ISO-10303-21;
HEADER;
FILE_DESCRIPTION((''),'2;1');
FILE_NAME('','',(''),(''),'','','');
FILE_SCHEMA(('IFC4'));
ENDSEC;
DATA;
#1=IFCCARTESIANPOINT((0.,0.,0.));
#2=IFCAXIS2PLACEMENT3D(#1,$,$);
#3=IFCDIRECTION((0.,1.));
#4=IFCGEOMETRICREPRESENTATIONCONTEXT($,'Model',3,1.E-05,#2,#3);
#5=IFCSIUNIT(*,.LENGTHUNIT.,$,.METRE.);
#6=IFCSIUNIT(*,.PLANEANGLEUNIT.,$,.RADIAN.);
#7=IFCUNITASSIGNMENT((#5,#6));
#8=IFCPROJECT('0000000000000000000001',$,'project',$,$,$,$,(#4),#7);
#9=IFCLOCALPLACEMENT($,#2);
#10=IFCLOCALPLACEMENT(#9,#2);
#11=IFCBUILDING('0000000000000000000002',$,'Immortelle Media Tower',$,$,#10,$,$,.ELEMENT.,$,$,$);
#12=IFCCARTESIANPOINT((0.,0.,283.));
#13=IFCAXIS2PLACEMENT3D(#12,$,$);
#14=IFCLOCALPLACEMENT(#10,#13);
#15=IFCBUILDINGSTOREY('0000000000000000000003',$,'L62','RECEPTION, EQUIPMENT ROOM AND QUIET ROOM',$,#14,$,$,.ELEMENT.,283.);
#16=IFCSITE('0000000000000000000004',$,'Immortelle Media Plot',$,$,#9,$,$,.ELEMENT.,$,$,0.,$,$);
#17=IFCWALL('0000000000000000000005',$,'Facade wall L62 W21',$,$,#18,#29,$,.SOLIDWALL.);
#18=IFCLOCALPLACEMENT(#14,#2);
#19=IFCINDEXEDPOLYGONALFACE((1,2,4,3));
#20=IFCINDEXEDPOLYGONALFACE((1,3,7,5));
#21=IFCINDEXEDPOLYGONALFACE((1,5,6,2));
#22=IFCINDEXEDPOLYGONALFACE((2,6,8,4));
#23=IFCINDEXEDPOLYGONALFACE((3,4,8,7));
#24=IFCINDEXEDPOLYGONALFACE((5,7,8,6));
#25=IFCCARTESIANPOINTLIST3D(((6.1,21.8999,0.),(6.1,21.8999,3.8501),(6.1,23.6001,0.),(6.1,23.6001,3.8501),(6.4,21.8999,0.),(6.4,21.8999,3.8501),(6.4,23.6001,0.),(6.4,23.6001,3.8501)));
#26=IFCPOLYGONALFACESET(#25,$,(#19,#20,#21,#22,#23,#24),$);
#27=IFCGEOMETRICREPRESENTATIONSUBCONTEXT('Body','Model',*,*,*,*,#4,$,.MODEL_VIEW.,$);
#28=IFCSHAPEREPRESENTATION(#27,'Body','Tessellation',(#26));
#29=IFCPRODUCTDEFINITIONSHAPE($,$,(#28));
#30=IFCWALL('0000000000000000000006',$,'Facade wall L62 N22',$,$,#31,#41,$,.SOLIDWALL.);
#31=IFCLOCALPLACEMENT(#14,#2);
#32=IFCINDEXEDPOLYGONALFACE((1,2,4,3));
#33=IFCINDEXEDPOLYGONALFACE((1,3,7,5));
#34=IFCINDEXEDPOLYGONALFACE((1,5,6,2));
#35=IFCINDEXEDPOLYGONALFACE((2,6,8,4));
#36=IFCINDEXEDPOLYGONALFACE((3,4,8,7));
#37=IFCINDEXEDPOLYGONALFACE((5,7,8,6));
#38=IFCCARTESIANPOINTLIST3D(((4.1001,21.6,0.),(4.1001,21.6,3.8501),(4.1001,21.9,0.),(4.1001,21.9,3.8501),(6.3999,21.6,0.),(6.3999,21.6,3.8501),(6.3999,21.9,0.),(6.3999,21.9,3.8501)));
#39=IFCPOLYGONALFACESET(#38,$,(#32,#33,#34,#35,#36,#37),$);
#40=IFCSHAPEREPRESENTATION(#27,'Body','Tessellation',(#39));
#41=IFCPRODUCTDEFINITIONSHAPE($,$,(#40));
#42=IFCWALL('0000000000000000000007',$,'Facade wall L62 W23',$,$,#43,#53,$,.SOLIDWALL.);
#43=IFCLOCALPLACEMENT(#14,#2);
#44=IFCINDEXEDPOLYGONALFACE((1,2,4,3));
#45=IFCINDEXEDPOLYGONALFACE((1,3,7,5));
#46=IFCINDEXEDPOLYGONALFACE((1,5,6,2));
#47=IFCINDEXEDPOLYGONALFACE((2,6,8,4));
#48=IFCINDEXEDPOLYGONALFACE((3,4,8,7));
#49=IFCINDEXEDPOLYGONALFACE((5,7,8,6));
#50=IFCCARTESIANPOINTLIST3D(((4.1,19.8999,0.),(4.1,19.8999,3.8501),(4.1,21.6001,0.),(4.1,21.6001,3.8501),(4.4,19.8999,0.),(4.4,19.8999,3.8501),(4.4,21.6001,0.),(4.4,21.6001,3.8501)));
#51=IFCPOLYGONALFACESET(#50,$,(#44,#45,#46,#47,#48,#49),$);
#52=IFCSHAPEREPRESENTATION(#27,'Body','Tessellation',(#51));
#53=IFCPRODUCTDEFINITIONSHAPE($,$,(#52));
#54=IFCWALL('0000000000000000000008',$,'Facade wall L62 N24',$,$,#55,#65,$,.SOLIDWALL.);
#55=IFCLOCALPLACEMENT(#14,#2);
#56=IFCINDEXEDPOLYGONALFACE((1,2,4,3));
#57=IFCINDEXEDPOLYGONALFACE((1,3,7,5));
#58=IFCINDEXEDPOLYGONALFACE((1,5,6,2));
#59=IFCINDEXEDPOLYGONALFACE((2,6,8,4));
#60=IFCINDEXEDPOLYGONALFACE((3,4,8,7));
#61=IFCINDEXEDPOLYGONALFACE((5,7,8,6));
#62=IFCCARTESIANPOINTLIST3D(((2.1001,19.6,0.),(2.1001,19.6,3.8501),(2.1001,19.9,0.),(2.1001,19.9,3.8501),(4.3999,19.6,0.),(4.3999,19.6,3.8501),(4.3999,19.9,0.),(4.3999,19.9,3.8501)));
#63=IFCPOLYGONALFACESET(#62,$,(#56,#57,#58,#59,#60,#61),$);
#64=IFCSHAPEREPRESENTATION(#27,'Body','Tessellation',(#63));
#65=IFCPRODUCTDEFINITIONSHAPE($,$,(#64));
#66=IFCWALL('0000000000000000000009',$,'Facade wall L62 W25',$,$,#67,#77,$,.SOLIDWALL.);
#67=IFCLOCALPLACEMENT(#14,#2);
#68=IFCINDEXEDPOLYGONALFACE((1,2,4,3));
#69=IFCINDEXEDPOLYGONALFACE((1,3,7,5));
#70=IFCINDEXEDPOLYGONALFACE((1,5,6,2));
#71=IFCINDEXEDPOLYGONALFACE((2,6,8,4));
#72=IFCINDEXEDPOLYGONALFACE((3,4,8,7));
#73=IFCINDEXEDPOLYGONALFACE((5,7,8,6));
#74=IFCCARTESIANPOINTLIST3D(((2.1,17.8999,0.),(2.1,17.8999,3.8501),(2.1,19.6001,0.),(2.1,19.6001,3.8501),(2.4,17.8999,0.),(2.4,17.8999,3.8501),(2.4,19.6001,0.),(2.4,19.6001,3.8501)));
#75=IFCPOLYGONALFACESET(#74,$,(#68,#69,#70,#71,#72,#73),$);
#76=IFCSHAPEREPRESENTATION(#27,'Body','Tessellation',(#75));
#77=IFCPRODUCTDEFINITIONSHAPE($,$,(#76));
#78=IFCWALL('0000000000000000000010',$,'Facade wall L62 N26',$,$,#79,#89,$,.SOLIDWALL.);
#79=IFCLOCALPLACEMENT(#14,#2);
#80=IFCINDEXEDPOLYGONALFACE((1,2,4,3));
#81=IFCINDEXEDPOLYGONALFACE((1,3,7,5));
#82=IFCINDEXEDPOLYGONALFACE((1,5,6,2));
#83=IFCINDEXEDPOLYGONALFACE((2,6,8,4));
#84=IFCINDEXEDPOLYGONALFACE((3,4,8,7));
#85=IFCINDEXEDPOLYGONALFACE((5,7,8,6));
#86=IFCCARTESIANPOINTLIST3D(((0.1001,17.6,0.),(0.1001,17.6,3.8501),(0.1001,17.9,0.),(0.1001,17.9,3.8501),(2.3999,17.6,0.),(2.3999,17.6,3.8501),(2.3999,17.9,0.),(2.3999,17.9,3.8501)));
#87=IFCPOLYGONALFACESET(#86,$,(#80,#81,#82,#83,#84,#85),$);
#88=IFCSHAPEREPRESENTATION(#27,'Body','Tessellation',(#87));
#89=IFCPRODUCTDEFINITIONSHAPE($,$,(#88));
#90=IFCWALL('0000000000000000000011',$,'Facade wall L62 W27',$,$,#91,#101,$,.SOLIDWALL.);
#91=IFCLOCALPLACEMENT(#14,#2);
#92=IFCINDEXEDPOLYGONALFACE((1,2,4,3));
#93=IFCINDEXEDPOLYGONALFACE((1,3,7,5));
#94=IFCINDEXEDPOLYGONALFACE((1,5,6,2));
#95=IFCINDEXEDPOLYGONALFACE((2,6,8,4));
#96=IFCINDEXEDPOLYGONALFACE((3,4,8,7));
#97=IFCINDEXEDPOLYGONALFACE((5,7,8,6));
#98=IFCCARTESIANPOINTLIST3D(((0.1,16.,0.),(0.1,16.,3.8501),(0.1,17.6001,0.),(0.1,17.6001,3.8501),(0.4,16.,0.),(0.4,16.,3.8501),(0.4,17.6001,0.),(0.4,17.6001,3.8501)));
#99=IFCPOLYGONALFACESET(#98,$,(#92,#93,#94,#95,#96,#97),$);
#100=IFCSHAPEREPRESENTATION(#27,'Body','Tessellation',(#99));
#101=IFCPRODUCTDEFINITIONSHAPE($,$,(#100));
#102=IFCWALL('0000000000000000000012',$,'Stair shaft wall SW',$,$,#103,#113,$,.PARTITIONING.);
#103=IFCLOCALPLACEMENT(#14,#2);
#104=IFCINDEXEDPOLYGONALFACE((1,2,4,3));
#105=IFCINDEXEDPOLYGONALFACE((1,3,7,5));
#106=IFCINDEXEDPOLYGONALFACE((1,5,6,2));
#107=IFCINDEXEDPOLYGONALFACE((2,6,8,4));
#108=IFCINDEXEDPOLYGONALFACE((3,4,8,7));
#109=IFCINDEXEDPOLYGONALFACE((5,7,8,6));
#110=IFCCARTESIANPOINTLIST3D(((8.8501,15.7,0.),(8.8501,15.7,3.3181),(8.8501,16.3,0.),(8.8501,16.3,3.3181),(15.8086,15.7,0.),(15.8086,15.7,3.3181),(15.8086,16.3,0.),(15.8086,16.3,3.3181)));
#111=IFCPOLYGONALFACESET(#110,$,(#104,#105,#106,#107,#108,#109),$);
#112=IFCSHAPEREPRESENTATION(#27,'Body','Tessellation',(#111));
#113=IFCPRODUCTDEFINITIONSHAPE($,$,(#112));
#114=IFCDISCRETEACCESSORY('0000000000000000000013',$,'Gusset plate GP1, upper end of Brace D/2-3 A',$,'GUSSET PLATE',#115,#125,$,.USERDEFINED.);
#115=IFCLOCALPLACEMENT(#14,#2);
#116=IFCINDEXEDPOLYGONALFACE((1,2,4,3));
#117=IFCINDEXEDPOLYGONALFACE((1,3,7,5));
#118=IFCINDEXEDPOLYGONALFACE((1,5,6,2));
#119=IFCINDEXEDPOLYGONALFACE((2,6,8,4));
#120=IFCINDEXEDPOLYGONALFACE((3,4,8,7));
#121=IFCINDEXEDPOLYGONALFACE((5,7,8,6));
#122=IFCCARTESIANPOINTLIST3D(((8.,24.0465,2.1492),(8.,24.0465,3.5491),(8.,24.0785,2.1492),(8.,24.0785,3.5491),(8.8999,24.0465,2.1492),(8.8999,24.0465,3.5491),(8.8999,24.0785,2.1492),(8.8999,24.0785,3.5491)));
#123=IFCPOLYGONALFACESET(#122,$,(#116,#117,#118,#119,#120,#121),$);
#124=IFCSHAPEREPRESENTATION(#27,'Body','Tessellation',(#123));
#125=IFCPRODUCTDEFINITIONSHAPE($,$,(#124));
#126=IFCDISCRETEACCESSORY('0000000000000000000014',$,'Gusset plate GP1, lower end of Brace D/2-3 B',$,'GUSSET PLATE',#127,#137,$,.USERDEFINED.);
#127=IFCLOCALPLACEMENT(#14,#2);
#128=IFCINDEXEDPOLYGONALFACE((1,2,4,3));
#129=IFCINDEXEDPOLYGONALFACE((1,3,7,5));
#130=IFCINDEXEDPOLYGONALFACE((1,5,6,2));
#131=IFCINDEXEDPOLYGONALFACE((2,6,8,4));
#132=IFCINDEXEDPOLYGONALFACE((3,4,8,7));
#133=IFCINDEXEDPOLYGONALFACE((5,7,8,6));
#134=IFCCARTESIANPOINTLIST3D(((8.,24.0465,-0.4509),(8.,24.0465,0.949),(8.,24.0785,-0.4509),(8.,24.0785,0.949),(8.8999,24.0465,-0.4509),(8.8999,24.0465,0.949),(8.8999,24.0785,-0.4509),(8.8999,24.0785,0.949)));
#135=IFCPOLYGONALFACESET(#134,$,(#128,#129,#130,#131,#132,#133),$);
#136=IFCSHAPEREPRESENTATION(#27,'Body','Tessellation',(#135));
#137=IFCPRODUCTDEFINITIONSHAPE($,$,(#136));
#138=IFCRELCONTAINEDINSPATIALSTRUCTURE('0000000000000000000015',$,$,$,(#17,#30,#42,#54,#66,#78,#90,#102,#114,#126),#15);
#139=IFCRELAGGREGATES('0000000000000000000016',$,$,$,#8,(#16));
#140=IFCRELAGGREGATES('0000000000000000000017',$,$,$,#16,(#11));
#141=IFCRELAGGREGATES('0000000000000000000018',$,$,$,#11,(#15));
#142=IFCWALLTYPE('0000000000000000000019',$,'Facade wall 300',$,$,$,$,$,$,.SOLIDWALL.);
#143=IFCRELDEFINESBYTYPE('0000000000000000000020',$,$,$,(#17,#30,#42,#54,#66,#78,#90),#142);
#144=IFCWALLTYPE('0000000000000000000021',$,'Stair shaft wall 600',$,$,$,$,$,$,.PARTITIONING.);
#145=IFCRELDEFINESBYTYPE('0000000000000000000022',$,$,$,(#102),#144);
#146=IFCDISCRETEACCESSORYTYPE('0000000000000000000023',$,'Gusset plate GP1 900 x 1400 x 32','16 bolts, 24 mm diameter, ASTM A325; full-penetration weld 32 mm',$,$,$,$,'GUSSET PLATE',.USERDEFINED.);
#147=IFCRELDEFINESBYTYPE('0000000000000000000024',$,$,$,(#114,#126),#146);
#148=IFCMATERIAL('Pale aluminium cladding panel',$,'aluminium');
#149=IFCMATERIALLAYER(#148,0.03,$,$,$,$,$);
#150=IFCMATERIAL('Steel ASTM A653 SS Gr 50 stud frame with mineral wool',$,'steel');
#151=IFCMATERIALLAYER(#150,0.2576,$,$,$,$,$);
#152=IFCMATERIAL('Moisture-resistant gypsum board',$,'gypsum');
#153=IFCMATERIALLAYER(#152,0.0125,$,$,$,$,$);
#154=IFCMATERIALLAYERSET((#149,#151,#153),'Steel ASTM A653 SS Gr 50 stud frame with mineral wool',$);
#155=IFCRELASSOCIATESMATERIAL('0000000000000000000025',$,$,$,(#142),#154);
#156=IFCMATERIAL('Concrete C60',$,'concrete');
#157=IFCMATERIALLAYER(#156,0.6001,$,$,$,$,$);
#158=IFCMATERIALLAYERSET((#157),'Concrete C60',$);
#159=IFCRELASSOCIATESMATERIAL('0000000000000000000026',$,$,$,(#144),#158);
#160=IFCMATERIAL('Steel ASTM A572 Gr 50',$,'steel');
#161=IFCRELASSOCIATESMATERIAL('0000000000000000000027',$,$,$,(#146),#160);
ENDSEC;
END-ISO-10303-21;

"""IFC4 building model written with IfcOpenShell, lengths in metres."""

from ifc_helpers import new_model, si_unit, direction, frame, frame_2d, origin, origin_2d, place, context, subcontext, project, spatial, rectangle, extrude, material, layer, layer_set, material_profile, profile_set, type_object, element, save


model = new_model("IFC4")

# Units and contexts
model_context = context("Model", 3, precision=1e-05, world=origin(), true_north=direction((0.0, 1.0)))
body_context = subcontext(model_context, "Body", "Model", "MODEL_VIEW")
ifc_project = project(units=[si_unit("LENGTHUNIT", "METRE"), si_unit("PLANEANGLEUNIT", "RADIAN")], contexts=[model_context])

# Site, building, storey
site_placement = place(None, origin())
site = spatial("IfcSite", under=ifc_project, at=site_placement, Name="Immortelle Media Plot", CompositionType="ELEMENT", RefElevation=0.0)
building_placement = place(site_placement, origin())
building = spatial("IfcBuilding", under=site, at=building_placement, Name="Immortelle Media Tower", CompositionType="ELEMENT")
storey_placement = place(building_placement, frame((0.0, 0.0, 283.0)))
storey = spatial("IfcBuildingStorey", under=building, at=storey_placement, Name="L62", Description="RECEPTION, EQUIPMENT ROOM AND QUIET ROOM", CompositionType="ELEMENT", Elevation=283.0)

# Walls
ifc_material_1 = material(Name="Steel ASTM A653 SS Gr 50 stud frame with mineral wool", Category="steel")
ifc_material_2 = material(Name="Pale aluminium cladding panel", Category="aluminium")
ifc_layer_1 = layer(ifc_material_2, 0.03)
ifc_layer_2 = layer(ifc_material_1, 0.2576)
ifc_material_3 = material(Name="Moisture-resistant gypsum board", Category="gypsum")
ifc_layer_3 = layer(ifc_material_3, 0.0125)
ifc_layer_set_1 = layer_set([ifc_layer_1, ifc_layer_2, ifc_layer_3], Name="Steel ASTM A653 SS Gr 50 stud frame with mineral wool")
wall_type_1 = type_object("IfcWallType", Name="Facade wall 300", PredefinedType="SOLIDWALL", material=ifc_layer_set_1)
wall_1_placement = place(storey_placement, frame((6.25, 23.6001, 0.0), z_axis=(0.0, 0.0, 1.0), x_axis=(0.0, -1.0, 0.0)))
element("IfcWall", 1, at=wall_1_placement, inside=storey, type_object=wall_type_1, Name="Facade wall L62 W21", PredefinedType="SOLIDWALL", context=body_context, shape_type="SweptSolid", body=[
    extrude(rectangle(XDim=1.7002, YDim=0.3, at=frame_2d((0.8501, 0.0))), origin(), (0.0, 0.0, 1.0), 3.8501),
])
wall_2_placement = place(storey_placement, frame((6.3999, 21.75, 0.0), z_axis=(0.0, 0.0, 1.0), x_axis=(-1.0, 0.0, 0.0)))
element("IfcWall", 2, at=wall_2_placement, inside=storey, type_object=wall_type_1, Name="Facade wall L62 N22", PredefinedType="SOLIDWALL", context=body_context, shape_type="SweptSolid", body=[
    extrude(rectangle(XDim=2.2998, YDim=0.3, at=frame_2d((1.1499, 0.0))), origin(), (0.0, 0.0, 1.0), 3.8501),
])
wall_3_placement = place(storey_placement, frame((4.25, 21.6001, 0.0), z_axis=(0.0, 0.0, 1.0), x_axis=(0.0, -1.0, 0.0)))
element("IfcWall", 3, at=wall_3_placement, inside=storey, type_object=wall_type_1, Name="Facade wall L62 W23", PredefinedType="SOLIDWALL", context=body_context, shape_type="SweptSolid", body=[
    extrude(rectangle(XDim=1.7002, YDim=0.3, at=frame_2d((0.8501, 0.0))), origin(), (0.0, 0.0, 1.0), 3.8501),
])
wall_4_placement = place(storey_placement, frame((4.3999, 19.75, 0.0), z_axis=(0.0, 0.0, 1.0), x_axis=(-1.0, 0.0, 0.0)))
element("IfcWall", 4, at=wall_4_placement, inside=storey, type_object=wall_type_1, Name="Facade wall L62 N24", PredefinedType="SOLIDWALL", context=body_context, shape_type="SweptSolid", body=[
    extrude(rectangle(XDim=2.2998, YDim=0.3, at=frame_2d((1.1499, 0.0))), origin(), (0.0, 0.0, 1.0), 3.8501),
])
wall_5_placement = place(storey_placement, frame((2.25, 19.6001, 0.0), z_axis=(0.0, 0.0, 1.0), x_axis=(0.0, -1.0, 0.0)))
element("IfcWall", 5, at=wall_5_placement, inside=storey, type_object=wall_type_1, Name="Facade wall L62 W25", PredefinedType="SOLIDWALL", context=body_context, shape_type="SweptSolid", body=[
    extrude(rectangle(XDim=1.7002, YDim=0.3, at=frame_2d((0.8501, 0.0))), origin(), (0.0, 0.0, 1.0), 3.8501),
])
wall_6_placement = place(storey_placement, frame((2.3999, 17.75, 0.0), z_axis=(0.0, 0.0, 1.0), x_axis=(-1.0, 0.0, 0.0)))
element("IfcWall", 6, at=wall_6_placement, inside=storey, type_object=wall_type_1, Name="Facade wall L62 N26", PredefinedType="SOLIDWALL", context=body_context, shape_type="SweptSolid", body=[
    extrude(rectangle(XDim=2.2998, YDim=0.3, at=frame_2d((1.1499, 0.0))), origin(), (0.0, 0.0, 1.0), 3.8501),
])
wall_7_placement = place(storey_placement, frame((0.25, 17.6001, 0.0), z_axis=(0.0, 0.0, 1.0), x_axis=(0.0, -1.0, 0.0)))
element("IfcWall", 7, at=wall_7_placement, inside=storey, type_object=wall_type_1, Name="Facade wall L62 W27", PredefinedType="SOLIDWALL", context=body_context, shape_type="SweptSolid", body=[
    extrude(rectangle(XDim=1.6001, YDim=0.3, at=frame_2d((0.8, 0.0))), origin(), (0.0, 0.0, 1.0), 3.8501),
])
ifc_material_4 = material(Name="Concrete C60", Category="concrete")
ifc_layer_4 = layer(ifc_material_4, 0.6001)
ifc_layer_set_2 = layer_set([ifc_layer_4], Name="Concrete C60")
wall_type_2 = type_object("IfcWallType", Name="Stair shaft wall 600", PredefinedType="PARTITIONING", material=ifc_layer_set_2)
wall_8_placement = place(storey_placement, frame((8.8501, 16.0, 0.0), z_axis=(0.0, 0.0, 1.0), x_axis=(1.0, 0.0, 0.0)))
element("IfcWall", 8, at=wall_8_placement, inside=storey, type_object=wall_type_2, Name="Stair shaft wall SW", PredefinedType="PARTITIONING", context=body_context, shape_type="SweptSolid", body=[
    extrude(rectangle(XDim=6.9585, YDim=0.6001, at=frame_2d((3.4792, 0.0))), origin(), (0.0, 0.0, 1.0), 3.3181),
])

# Discrete accessories
ifc_material_5 = material(Name="Steel ASTM A572 Gr 50", Category="steel")
ifc_material_profile_1 = material_profile(ifc_material_5, rectangle(XDim=0.032, YDim=1.3999, at=origin_2d()), Name="PL 32 x 1400")
ifc_profile_set_1 = profile_set([ifc_material_profile_1], Name="Steel ASTM A572 Gr 50")
discrete_accessory_type = type_object("IfcDiscreteAccessoryType", Name="Gusset plate GP1 900 x 1400 x 32", Description="16 bolts, 24 mm diameter, ASTM A325; full-penetration weld 32 mm", ElementType="GUSSET PLATE", PredefinedType="USERDEFINED", material=ifc_profile_set_1)
for number, where, z_axis, x_axis, name in (
    (9, (8.0, 24.0625, 2.8491), (1.0, 0.0, 0.0), (0.0, 1.0, 0.0), "Gusset plate GP1, upper end of Brace D/2-3 A"),
    (10, (8.0, 24.0625, 0.249), (1.0, 0.0, 0.0), (0.0, 1.0, 0.0), "Gusset plate GP1, lower end of Brace D/2-3 B"),
):
    element("IfcDiscreteAccessory", number, at=place(storey_placement, frame(where, z_axis=z_axis, x_axis=x_axis)), inside=storey, type_object=discrete_accessory_type, Name=name, ObjectType="GUSSET PLATE", PredefinedType="USERDEFINED", context=body_context, shape_type="SweptSolid", body=[
        extrude(rectangle(XDim=0.032, YDim=1.3999, at=origin_2d()), origin(), (0.0, 0.0, 1.0), 0.8999),
    ])

save(model, "model.ifc")
